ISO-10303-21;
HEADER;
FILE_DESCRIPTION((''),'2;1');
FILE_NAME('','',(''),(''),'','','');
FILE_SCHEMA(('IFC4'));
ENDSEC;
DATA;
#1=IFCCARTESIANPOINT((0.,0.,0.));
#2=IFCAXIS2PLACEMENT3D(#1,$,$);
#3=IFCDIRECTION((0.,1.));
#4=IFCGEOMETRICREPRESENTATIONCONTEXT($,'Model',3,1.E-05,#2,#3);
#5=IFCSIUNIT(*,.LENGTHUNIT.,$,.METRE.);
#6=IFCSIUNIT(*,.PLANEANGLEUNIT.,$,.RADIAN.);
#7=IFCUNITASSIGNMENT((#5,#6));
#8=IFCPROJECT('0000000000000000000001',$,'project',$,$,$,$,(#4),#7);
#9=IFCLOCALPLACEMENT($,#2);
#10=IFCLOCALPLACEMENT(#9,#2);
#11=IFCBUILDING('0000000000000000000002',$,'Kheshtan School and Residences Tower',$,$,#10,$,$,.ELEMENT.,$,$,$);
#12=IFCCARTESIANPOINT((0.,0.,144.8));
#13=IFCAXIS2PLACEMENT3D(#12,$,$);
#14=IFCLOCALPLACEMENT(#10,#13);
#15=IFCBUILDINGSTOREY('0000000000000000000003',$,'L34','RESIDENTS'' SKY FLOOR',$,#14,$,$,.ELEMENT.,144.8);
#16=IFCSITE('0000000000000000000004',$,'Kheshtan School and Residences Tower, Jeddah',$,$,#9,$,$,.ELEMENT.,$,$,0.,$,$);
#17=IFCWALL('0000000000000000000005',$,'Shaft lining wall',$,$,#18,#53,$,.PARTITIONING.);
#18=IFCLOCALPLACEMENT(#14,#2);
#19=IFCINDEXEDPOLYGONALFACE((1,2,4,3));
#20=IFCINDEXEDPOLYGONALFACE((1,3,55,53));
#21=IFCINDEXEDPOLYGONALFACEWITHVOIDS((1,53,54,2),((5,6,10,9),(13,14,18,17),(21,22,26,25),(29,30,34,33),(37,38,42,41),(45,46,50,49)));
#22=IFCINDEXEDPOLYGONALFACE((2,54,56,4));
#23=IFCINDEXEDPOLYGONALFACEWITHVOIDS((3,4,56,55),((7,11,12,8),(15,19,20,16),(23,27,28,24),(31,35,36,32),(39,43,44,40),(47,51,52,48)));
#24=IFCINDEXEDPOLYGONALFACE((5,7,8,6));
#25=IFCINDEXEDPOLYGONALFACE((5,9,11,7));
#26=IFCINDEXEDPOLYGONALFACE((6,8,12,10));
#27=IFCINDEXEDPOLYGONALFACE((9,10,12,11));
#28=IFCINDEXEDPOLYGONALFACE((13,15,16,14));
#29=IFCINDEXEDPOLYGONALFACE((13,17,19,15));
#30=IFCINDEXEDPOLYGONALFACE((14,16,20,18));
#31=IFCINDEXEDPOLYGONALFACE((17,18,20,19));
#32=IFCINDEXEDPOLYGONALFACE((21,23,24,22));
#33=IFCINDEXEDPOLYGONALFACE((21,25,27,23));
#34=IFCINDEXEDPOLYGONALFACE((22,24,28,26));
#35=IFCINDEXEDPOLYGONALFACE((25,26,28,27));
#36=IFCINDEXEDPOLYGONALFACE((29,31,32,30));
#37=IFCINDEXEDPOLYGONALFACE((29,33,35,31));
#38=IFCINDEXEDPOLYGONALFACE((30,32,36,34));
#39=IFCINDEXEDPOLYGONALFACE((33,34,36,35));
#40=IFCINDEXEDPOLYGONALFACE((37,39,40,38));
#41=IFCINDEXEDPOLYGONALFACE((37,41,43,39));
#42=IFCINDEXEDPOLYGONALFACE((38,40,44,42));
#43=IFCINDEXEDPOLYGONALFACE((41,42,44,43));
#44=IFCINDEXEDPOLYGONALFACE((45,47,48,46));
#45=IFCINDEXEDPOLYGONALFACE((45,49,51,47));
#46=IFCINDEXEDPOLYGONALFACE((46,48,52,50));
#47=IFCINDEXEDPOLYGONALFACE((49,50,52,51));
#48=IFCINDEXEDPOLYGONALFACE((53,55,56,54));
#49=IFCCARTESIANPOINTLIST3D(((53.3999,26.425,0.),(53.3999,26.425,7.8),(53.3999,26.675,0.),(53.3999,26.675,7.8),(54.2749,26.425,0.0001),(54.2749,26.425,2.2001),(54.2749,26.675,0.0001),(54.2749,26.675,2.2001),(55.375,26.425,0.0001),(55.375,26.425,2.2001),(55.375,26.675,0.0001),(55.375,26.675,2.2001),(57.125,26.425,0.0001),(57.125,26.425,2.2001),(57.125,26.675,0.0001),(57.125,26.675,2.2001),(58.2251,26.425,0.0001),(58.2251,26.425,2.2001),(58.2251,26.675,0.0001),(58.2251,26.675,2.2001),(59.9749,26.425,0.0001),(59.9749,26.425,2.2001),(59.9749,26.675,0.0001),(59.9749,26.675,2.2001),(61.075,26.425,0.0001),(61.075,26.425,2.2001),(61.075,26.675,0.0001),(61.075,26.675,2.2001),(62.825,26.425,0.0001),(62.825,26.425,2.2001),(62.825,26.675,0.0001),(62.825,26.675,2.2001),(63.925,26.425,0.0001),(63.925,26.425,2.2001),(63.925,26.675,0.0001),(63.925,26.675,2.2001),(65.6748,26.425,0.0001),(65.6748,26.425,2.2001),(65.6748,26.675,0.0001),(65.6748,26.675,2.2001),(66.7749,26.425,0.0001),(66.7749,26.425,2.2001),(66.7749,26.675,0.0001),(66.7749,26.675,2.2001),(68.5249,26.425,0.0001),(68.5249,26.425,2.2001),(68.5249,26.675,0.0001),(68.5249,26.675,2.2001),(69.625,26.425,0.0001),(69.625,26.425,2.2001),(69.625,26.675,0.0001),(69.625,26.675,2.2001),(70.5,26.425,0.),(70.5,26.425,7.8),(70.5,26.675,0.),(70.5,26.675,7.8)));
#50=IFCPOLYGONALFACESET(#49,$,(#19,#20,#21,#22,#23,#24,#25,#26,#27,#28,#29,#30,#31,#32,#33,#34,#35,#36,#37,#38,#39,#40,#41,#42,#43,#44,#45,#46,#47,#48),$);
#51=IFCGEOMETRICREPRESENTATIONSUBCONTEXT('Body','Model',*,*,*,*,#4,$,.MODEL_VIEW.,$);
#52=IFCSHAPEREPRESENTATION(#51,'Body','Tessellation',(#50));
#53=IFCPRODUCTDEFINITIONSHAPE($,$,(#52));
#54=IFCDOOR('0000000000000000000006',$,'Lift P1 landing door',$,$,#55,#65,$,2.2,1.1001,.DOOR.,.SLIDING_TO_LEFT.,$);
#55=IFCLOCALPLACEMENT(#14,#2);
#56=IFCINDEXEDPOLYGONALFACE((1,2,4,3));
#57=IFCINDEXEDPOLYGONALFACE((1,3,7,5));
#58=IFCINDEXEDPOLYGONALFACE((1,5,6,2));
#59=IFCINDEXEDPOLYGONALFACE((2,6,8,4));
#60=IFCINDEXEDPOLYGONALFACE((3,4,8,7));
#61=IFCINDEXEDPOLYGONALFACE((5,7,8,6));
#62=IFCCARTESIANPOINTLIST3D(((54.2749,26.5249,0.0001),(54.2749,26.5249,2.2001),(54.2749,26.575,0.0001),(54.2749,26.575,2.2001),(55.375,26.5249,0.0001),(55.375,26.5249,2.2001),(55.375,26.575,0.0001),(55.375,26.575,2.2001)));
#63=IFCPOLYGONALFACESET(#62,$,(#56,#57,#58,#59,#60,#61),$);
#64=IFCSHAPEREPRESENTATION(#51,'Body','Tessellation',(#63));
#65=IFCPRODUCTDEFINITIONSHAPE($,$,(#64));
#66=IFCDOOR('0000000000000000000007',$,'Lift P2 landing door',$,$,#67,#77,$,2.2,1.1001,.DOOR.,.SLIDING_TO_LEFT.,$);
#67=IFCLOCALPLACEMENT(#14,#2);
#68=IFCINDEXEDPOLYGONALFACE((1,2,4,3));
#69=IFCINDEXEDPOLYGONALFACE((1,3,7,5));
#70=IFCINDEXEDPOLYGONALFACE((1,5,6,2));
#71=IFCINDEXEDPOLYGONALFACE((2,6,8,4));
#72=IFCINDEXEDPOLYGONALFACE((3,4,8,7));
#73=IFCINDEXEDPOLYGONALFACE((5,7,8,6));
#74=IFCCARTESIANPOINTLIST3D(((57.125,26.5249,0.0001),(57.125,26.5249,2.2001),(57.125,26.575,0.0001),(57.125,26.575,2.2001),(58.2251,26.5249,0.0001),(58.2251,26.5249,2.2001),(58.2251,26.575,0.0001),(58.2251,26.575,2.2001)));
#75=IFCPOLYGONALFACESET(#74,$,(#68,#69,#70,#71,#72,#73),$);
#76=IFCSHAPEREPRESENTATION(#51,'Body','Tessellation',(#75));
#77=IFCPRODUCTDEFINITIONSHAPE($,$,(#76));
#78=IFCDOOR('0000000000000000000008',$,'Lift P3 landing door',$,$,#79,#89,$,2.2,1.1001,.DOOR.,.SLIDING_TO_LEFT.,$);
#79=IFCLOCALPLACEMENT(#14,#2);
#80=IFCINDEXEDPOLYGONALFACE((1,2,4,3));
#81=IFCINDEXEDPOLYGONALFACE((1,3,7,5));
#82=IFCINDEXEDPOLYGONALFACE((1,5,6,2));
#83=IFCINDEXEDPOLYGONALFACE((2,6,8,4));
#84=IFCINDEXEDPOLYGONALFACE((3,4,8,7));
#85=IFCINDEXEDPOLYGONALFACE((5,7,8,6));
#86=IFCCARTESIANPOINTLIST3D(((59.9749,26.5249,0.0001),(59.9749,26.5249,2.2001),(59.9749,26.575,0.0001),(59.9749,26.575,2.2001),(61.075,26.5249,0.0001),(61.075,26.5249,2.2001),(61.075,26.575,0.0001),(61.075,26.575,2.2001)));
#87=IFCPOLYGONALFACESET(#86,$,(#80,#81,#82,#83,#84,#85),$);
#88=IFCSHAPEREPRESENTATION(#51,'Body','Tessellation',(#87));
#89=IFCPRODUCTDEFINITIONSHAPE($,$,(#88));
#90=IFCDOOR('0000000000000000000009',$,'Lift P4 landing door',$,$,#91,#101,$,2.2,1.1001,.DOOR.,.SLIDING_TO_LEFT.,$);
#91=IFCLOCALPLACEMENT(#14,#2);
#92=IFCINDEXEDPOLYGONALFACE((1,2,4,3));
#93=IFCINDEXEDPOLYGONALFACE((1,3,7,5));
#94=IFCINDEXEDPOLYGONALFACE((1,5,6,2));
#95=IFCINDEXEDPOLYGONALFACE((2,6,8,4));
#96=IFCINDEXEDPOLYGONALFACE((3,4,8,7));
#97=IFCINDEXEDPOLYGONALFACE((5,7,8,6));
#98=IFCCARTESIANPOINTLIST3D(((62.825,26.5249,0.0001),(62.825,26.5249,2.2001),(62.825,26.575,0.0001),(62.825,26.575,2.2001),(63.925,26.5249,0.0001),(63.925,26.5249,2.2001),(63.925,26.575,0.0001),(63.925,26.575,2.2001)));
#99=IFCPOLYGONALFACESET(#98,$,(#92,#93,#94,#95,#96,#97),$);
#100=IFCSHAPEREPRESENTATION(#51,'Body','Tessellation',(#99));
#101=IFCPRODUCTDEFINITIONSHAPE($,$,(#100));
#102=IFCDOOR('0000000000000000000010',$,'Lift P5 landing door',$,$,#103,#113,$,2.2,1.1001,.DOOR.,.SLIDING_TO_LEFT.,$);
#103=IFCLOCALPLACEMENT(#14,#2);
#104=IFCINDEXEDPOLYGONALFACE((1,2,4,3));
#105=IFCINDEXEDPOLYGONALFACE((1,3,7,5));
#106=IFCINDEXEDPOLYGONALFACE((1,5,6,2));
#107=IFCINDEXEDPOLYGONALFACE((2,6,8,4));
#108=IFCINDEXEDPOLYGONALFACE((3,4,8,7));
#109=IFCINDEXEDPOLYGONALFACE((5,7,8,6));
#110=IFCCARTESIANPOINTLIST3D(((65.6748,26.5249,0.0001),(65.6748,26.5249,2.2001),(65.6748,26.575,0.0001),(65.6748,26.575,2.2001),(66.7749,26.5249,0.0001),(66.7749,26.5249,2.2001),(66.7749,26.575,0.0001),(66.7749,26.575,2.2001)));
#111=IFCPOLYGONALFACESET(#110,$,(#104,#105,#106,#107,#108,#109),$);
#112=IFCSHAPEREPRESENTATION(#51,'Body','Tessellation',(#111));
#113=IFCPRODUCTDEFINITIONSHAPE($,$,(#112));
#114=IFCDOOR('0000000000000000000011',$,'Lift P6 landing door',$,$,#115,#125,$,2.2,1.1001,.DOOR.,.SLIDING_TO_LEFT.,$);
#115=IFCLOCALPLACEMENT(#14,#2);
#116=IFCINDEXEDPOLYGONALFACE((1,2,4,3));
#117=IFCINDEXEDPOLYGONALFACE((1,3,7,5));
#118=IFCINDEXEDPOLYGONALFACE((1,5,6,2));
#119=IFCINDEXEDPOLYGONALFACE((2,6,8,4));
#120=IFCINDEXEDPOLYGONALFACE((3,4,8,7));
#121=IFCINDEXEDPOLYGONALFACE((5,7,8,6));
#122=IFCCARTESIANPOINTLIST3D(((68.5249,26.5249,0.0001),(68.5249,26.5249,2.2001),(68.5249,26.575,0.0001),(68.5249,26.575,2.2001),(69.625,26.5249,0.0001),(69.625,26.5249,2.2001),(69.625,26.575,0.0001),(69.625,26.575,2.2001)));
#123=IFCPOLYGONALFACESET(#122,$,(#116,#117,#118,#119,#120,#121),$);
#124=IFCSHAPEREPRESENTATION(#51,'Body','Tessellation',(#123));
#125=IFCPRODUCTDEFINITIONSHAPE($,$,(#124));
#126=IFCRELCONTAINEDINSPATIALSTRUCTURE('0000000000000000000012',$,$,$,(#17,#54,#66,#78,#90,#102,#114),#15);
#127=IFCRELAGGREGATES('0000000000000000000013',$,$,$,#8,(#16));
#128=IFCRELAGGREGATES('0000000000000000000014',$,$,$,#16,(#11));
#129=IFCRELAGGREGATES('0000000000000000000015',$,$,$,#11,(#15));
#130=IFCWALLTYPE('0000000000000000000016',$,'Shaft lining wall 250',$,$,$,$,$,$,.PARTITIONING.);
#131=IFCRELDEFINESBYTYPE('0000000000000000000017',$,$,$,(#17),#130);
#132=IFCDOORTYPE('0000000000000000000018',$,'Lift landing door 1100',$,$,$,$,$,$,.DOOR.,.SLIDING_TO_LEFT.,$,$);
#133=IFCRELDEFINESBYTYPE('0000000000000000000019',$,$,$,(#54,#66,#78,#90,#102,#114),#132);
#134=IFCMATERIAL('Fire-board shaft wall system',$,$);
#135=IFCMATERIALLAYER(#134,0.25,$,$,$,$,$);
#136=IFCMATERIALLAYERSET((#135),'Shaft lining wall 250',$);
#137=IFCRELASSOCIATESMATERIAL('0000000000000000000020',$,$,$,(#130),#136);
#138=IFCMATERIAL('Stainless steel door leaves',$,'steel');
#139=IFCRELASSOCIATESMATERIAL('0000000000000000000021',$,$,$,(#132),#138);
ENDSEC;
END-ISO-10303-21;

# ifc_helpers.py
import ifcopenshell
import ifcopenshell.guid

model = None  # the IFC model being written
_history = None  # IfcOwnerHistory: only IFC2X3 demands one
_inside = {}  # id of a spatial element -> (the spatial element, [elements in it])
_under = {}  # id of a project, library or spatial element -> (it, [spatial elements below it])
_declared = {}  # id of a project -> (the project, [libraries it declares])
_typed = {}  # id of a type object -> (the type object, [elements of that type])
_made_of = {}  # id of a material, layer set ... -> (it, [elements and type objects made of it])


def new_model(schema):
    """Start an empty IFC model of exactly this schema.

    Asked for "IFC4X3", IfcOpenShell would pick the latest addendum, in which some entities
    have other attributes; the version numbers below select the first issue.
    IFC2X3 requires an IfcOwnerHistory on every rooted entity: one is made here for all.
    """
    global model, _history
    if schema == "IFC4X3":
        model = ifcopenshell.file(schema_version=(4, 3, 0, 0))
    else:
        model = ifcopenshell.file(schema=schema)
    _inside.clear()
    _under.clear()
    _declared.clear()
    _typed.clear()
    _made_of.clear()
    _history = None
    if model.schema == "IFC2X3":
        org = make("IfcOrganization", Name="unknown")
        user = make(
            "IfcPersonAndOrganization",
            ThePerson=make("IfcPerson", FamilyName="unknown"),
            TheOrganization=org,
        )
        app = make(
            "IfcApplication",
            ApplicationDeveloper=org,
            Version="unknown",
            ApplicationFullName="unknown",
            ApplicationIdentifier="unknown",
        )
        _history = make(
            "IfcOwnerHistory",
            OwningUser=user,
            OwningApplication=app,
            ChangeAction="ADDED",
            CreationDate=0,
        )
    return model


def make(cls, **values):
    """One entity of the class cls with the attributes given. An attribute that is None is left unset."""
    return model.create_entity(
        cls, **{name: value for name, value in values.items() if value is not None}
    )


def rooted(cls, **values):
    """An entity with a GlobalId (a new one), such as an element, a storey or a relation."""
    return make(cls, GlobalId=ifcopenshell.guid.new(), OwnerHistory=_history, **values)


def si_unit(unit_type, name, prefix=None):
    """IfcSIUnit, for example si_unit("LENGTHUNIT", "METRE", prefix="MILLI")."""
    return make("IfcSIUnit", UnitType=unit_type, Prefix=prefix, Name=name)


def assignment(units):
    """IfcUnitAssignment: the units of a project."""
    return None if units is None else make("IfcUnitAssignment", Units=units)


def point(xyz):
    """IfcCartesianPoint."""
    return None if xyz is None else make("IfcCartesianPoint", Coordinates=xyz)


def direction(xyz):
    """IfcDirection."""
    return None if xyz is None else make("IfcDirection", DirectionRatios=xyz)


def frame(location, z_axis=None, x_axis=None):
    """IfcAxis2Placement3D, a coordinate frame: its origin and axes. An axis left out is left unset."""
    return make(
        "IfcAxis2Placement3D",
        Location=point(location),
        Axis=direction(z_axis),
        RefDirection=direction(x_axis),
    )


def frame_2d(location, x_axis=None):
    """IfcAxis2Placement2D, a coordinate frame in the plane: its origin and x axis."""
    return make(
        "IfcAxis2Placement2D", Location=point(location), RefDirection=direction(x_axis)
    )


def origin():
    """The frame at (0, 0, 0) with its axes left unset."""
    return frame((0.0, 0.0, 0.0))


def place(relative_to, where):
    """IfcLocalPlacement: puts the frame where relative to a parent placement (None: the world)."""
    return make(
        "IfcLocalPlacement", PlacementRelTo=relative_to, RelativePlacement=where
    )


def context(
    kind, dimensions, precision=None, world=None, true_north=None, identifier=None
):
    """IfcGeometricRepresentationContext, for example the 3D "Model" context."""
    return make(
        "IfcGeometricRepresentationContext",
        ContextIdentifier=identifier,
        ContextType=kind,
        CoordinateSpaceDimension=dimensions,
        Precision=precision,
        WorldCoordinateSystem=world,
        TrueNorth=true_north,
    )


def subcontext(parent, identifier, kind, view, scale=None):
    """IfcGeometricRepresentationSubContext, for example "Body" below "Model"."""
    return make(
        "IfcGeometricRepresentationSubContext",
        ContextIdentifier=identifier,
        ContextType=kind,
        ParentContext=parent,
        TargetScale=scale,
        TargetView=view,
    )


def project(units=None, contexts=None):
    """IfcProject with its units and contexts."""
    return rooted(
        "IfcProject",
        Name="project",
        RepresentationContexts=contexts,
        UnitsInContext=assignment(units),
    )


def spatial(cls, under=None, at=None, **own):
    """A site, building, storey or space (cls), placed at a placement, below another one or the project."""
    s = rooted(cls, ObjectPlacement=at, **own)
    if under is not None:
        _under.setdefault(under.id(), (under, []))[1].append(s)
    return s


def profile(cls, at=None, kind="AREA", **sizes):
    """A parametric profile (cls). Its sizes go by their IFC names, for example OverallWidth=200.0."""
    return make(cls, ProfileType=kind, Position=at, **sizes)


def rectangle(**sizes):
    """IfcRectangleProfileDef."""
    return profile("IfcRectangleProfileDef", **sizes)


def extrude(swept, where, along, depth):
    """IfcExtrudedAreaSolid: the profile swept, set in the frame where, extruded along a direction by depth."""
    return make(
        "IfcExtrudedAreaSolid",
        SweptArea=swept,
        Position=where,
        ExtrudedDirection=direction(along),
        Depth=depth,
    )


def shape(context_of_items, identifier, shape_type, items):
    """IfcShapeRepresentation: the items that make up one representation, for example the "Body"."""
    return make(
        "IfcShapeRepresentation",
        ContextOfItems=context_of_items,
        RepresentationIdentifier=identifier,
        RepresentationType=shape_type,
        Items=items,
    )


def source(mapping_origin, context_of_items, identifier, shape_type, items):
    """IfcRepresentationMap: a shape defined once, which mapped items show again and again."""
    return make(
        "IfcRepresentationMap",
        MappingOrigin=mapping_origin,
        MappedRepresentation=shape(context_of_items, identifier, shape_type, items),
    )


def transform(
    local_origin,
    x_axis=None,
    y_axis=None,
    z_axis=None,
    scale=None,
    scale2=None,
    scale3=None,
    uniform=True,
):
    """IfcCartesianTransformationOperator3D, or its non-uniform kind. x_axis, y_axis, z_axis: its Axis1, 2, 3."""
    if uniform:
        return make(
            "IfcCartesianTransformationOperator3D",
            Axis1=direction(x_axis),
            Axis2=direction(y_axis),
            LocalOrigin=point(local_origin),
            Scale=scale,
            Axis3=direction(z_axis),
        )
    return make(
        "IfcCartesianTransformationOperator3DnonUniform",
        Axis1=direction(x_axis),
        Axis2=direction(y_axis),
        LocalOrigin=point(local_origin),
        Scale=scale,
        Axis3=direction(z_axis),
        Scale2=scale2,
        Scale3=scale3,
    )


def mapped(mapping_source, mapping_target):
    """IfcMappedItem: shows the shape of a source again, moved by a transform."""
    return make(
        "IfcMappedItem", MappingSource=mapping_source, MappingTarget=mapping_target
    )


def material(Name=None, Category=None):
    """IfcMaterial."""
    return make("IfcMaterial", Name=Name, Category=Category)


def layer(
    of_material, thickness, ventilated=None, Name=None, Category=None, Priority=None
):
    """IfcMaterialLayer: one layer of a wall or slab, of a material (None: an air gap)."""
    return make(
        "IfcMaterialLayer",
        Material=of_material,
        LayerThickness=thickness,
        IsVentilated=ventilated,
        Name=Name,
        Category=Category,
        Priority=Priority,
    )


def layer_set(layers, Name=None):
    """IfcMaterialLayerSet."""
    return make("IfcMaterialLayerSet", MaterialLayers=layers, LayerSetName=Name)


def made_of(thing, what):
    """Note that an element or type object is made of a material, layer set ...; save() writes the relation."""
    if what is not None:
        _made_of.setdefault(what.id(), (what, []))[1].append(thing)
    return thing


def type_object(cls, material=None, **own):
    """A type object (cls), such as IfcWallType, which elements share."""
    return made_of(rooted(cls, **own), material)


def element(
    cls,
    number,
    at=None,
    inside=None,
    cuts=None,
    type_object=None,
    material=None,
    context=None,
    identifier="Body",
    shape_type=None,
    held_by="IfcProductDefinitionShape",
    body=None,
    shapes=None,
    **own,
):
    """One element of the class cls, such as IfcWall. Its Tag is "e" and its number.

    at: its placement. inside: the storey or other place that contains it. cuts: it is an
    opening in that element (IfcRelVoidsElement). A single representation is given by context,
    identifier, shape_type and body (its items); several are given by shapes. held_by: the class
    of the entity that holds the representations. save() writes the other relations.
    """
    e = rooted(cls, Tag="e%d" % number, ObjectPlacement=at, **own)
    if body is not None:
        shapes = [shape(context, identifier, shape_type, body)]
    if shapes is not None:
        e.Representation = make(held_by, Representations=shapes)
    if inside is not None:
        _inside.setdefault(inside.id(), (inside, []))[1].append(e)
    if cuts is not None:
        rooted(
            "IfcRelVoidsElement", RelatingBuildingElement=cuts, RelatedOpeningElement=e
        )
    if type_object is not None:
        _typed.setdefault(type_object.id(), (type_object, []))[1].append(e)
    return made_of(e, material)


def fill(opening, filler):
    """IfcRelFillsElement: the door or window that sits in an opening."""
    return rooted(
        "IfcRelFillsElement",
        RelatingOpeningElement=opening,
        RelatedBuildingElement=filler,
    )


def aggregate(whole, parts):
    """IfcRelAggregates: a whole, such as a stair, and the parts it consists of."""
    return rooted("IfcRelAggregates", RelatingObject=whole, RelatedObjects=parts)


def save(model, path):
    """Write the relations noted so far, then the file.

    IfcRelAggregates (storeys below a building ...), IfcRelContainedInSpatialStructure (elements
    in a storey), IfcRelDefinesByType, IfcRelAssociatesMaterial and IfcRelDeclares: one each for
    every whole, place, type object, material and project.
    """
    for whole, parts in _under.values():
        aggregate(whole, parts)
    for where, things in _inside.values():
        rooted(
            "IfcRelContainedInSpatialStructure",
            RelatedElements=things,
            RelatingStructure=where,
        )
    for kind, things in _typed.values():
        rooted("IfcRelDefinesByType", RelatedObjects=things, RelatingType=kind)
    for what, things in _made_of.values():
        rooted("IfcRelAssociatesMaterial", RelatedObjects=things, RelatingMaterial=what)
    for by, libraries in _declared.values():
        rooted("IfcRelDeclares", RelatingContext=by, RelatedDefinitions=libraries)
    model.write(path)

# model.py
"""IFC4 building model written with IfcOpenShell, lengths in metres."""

from ifc_helpers import new_model, si_unit, direction, frame, frame_2d, origin, place, context, subcontext, project, spatial, rectangle, extrude, source, transform, mapped, material, layer, layer_set, type_object, element, fill, save


model = new_model("IFC4")

# Units and contexts
model_context = context("Model", 3, precision=1e-05, world=origin(), true_north=direction((0.0, 1.0)))
body_context = subcontext(model_context, "Body", "Model", "MODEL_VIEW")
ifc_project = project(units=[si_unit("LENGTHUNIT", "METRE"), si_unit("PLANEANGLEUNIT", "RADIAN")], contexts=[model_context])

# Site, building, storey
site_placement = place(None, origin())
site = spatial("IfcSite", under=ifc_project, at=site_placement, Name="Kheshtan School and Residences Tower, Jeddah", CompositionType="ELEMENT", RefElevation=0.0)
building_placement = place(site_placement, origin())
building = spatial("IfcBuilding", under=site, at=building_placement, Name="Kheshtan School and Residences Tower", CompositionType="ELEMENT")
storey_placement = place(building_placement, frame((0.0, 0.0, 144.8)))
storey = spatial("IfcBuildingStorey", under=building, at=storey_placement, Name="L34", Description="RESIDENTS' SKY FLOOR", CompositionType="ELEMENT", Elevation=144.8)

# Shared definitions
ifc_material_1 = material(Name="Fire-board shaft wall system")
ifc_layer_1 = layer(ifc_material_1, 0.25)
ifc_layer_set_1 = layer_set([ifc_layer_1], Name="Shaft lining wall 250")
wall_type_1 = type_object("IfcWallType", Name="Shaft lining wall 250", PredefinedType="PARTITIONING", material=ifc_layer_set_1)

# Wall, openings, doors
wall_1_placement = place(storey_placement, frame((53.3999, 26.55, 0.0), z_axis=(0.0, 0.0, 1.0), x_axis=(1.0, 0.0, 0.0)))
wall_1 = element("IfcWall", 1, at=wall_1_placement, inside=storey, type_object=wall_type_1, Name="Shaft lining wall", PredefinedType="PARTITIONING", context=body_context, shape_type="SweptSolid", body=[
    extrude(rectangle(XDim=17.1001, YDim=0.25, at=frame_2d((8.55, 0.0))), origin(), (0.0, 0.0, 1.0), 7.8),
])
opening_1_placement = place(wall_1_placement, frame((0.875, 0.0, 0.0)))
opening_1 = element("IfcOpeningElement", 2, at=opening_1_placement, cuts=wall_1, PredefinedType="OPENING", context=body_context, shape_type="SweptSolid", body=[
    extrude(rectangle(XDim=1.1001, YDim=2.2, at=frame_2d((0.55, 1.1001))), frame((0.0, 0.135, 0.0), z_axis=(0.0, -1.0, 0.0), x_axis=(1.0, 0.0, 0.0)), (0.0, 0.0, 1.0), 0.27),
])
opening_2_placement = place(wall_1_placement, frame((3.7251, 0.0, 0.0)))
opening_2 = element("IfcOpeningElement", 3, at=opening_2_placement, cuts=wall_1, PredefinedType="OPENING", context=body_context, shape_type="SweptSolid", body=[
    extrude(rectangle(XDim=1.1001, YDim=2.2, at=frame_2d((0.55, 1.1001))), frame((0.0, 0.135, 0.0), z_axis=(0.0, -1.0, 0.0), x_axis=(1.0, 0.0, 0.0)), (0.0, 0.0, 1.0), 0.27),
])
opening_3_placement = place(wall_1_placement, frame((6.575, 0.0, 0.0)))
opening_3 = element("IfcOpeningElement", 4, at=opening_3_placement, cuts=wall_1, PredefinedType="OPENING", context=body_context, shape_type="SweptSolid", body=[
    extrude(rectangle(XDim=1.1001, YDim=2.2, at=frame_2d((0.55, 1.1001))), frame((0.0, 0.135, 0.0), z_axis=(0.0, -1.0, 0.0), x_axis=(1.0, 0.0, 0.0)), (0.0, 0.0, 1.0), 0.27),
])
opening_4_placement = place(wall_1_placement, frame((9.425, 0.0, 0.0)))
opening_4 = element("IfcOpeningElement", 5, at=opening_4_placement, cuts=wall_1, PredefinedType="OPENING", context=body_context, shape_type="SweptSolid", body=[
    extrude(rectangle(XDim=1.1001, YDim=2.2, at=frame_2d((0.55, 1.1001))), frame((0.0, 0.135, 0.0), z_axis=(0.0, -1.0, 0.0), x_axis=(1.0, 0.0, 0.0)), (0.0, 0.0, 1.0), 0.27),
])
opening_5_placement = place(wall_1_placement, frame((12.2749, 0.0, 0.0)))
opening_5 = element("IfcOpeningElement", 6, at=opening_5_placement, cuts=wall_1, PredefinedType="OPENING", context=body_context, shape_type="SweptSolid", body=[
    extrude(rectangle(XDim=1.1001, YDim=2.2, at=frame_2d((0.55, 1.1001))), frame((0.0, 0.135, 0.0), z_axis=(0.0, -1.0, 0.0), x_axis=(1.0, 0.0, 0.0)), (0.0, 0.0, 1.0), 0.27),
])
opening_6_placement = place(wall_1_placement, frame((15.125, 0.0, 0.0)))
opening_6 = element("IfcOpeningElement", 7, at=opening_6_placement, cuts=wall_1, PredefinedType="OPENING", context=body_context, shape_type="SweptSolid", body=[
    extrude(rectangle(XDim=1.1001, YDim=2.2, at=frame_2d((0.55, 1.1001))), frame((0.0, 0.135, 0.0), z_axis=(0.0, -1.0, 0.0), x_axis=(1.0, 0.0, 0.0)), (0.0, 0.0, 1.0), 0.27),
])
ifc_material_2 = material(Name="Stainless steel door leaves", Category="steel")
door_type_1 = type_object("IfcDoorType", Name="Lift landing door 1100", OperationType="SLIDING_TO_LEFT", PredefinedType="DOOR", material=ifc_material_2)
shared_shape_1 = source(origin(), body_context, "Body", "SweptSolid", [
    extrude(rectangle(XDim=1.1001, YDim=2.2, at=frame_2d((0.55, 1.1001))), frame((0.0, 0.0249, 0.0), z_axis=(0.0, -1.0, 0.0), x_axis=(1.0, 0.0, 0.0)), (0.0, 0.0, 1.0), 0.05),
])
door_1_placement = place(opening_1_placement, origin())
door_1 = element("IfcDoor", 8, at=door_1_placement, inside=storey, type_object=door_type_1, Name="Lift P1 landing door", OperationType="SLIDING_TO_LEFT", OverallHeight=2.2, OverallWidth=1.1001, PredefinedType="DOOR", context=body_context, shape_type="MappedRepresentation", body=[
    mapped(shared_shape_1, transform((0.0, 0.0, 0.0), x_axis=(1.0, 0.0, 0.0), y_axis=(0.0, 1.0, 0.0), z_axis=(0.0, 0.0, 1.0), scale=1.0)),
])
fill(opening_1, door_1)
door_2_placement = place(opening_2_placement, origin())
door_2 = element("IfcDoor", 9, at=door_2_placement, inside=storey, type_object=door_type_1, Name="Lift P2 landing door", OperationType="SLIDING_TO_LEFT", OverallHeight=2.2, OverallWidth=1.1001, PredefinedType="DOOR", context=body_context, shape_type="MappedRepresentation", body=[
    mapped(shared_shape_1, transform((0.0, 0.0, 0.0), x_axis=(1.0, 0.0, 0.0), y_axis=(0.0, 1.0, 0.0), z_axis=(0.0, 0.0, 1.0), scale=1.0)),
])
fill(opening_2, door_2)
door_3_placement = place(opening_3_placement, origin())
door_3 = element("IfcDoor", 10, at=door_3_placement, inside=storey, type_object=door_type_1, Name="Lift P3 landing door", OperationType="SLIDING_TO_LEFT", OverallHeight=2.2, OverallWidth=1.1001, PredefinedType="DOOR", context=body_context, shape_type="MappedRepresentation", body=[
    mapped(shared_shape_1, transform((0.0, 0.0, 0.0), x_axis=(1.0, 0.0, 0.0), y_axis=(0.0, 1.0, 0.0), z_axis=(0.0, 0.0, 1.0), scale=1.0)),
])
fill(opening_3, door_3)
door_4_placement = place(opening_4_placement, origin())
door_4 = element("IfcDoor", 11, at=door_4_placement, inside=storey, type_object=door_type_1, Name="Lift P4 landing door", OperationType="SLIDING_TO_LEFT", OverallHeight=2.2, OverallWidth=1.1001, PredefinedType="DOOR", context=body_context, shape_type="MappedRepresentation", body=[
    mapped(shared_shape_1, transform((0.0, 0.0, 0.0), x_axis=(1.0, 0.0, 0.0), y_axis=(0.0, 1.0, 0.0), z_axis=(0.0, 0.0, 1.0), scale=1.0)),
])
fill(opening_4, door_4)
door_5_placement = place(opening_5_placement, origin())
door_5 = element("IfcDoor", 12, at=door_5_placement, inside=storey, type_object=door_type_1, Name="Lift P5 landing door", OperationType="SLIDING_TO_LEFT", OverallHeight=2.2, OverallWidth=1.1001, PredefinedType="DOOR", context=body_context, shape_type="MappedRepresentation", body=[
    mapped(shared_shape_1, transform((0.0, 0.0, 0.0), x_axis=(1.0, 0.0, 0.0), y_axis=(0.0, 1.0, 0.0), z_axis=(0.0, 0.0, 1.0), scale=1.0)),
])
fill(opening_5, door_5)
door_6_placement = place(opening_6_placement, origin())
door_6 = element("IfcDoor", 13, at=door_6_placement, inside=storey, type_object=door_type_1, Name="Lift P6 landing door", OperationType="SLIDING_TO_LEFT", OverallHeight=2.2, OverallWidth=1.1001, PredefinedType="DOOR", context=body_context, shape_type="MappedRepresentation", body=[
    mapped(shared_shape_1, transform((0.0, 0.0, 0.0), x_axis=(1.0, 0.0, 0.0), y_axis=(0.0, 1.0, 0.0), z_axis=(0.0, 0.0, 1.0), scale=1.0)),
])
fill(opening_6, door_6)

save(model, "model.ifc")
